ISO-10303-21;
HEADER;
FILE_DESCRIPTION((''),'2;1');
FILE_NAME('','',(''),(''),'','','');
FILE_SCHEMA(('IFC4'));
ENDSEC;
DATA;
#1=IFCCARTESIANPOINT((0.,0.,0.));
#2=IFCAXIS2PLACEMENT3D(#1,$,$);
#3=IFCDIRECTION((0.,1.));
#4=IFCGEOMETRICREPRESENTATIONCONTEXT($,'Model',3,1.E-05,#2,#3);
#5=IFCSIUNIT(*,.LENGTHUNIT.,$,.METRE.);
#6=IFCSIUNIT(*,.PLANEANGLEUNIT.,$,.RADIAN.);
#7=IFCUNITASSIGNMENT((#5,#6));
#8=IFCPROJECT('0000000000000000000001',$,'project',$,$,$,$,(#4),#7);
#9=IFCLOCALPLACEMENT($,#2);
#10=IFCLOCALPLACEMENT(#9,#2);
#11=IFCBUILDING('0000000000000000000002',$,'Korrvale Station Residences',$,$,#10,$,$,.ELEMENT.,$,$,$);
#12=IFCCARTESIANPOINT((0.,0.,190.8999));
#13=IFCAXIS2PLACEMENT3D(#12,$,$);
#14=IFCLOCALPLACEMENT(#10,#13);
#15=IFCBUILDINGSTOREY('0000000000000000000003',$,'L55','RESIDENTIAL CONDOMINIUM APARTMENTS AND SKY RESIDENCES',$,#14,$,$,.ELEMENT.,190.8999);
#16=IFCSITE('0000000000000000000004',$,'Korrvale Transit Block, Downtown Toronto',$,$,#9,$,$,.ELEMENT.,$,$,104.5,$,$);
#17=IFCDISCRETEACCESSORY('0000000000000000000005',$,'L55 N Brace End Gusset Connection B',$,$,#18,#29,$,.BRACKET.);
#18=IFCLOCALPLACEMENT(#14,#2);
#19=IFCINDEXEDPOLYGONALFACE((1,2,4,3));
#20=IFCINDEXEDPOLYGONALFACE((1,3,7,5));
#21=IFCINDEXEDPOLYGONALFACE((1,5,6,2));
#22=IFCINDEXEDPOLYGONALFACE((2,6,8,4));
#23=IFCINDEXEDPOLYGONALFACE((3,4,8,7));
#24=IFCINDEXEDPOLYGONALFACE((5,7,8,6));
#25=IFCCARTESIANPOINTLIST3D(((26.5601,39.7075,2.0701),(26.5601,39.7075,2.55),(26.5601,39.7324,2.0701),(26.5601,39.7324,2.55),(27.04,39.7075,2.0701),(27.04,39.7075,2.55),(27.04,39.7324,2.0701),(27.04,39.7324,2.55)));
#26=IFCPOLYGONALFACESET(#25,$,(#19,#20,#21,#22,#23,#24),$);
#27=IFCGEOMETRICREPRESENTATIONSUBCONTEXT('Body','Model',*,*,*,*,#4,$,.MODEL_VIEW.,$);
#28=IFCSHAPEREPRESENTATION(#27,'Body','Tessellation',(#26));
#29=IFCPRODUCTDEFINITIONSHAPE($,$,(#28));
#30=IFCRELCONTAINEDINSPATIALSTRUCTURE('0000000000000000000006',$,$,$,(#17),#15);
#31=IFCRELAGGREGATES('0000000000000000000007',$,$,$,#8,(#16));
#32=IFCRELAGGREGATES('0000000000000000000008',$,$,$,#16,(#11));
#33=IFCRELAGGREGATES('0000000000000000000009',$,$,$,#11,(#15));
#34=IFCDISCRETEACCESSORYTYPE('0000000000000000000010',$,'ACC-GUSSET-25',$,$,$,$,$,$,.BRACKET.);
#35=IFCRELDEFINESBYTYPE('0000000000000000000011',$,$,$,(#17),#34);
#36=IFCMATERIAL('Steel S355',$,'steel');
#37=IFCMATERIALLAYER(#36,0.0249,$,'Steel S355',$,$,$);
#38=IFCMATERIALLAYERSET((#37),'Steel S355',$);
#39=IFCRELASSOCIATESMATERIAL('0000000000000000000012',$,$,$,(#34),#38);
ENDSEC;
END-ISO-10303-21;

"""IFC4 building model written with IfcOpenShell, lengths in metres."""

from ifc_helpers import new_model, si_unit, direction, frame, origin, origin_2d, place, context, subcontext, project, spatial, rectangle, extrude, material, layer, layer_set, type_object, element, save


model = new_model("IFC4")

# Units and contexts
model_context = context("Model", 3, precision=1e-05, world=origin(), true_north=direction((0.0, 1.0)))
body_context = subcontext(model_context, "Body", "Model", "MODEL_VIEW")
ifc_project = project(units=[si_unit("LENGTHUNIT", "METRE"), si_unit("PLANEANGLEUNIT", "RADIAN")], contexts=[model_context])

# Site, building, storey
site_placement = place(None, origin())
site = spatial("IfcSite", under=ifc_project, at=site_placement, Name="Korrvale Transit Block, Downtown Toronto", CompositionType="ELEMENT", RefElevation=104.5)
building_placement = place(site_placement, origin())
building = spatial("IfcBuilding", under=site, at=building_placement, Name="Korrvale Station Residences", CompositionType="ELEMENT")
storey_placement = place(building_placement, frame((0.0, 0.0, 190.8999)))
storey = spatial("IfcBuildingStorey", under=building, at=storey_placement, Name="L55", Description="RESIDENTIAL CONDOMINIUM APARTMENTS AND SKY RESIDENCES", CompositionType="ELEMENT", Elevation=190.8999)

# Shared definitions
ifc_material_1 = material(Name="Steel S355", Category="steel")

# Discrete accessory
ifc_layer_1 = layer(ifc_material_1, 0.0249, Name="Steel S355")
ifc_layer_set_1 = layer_set([ifc_layer_1], Name="Steel S355")
discrete_accessory_type = type_object("IfcDiscreteAccessoryType", Name="ACC-GUSSET-25", PredefinedType="BRACKET", material=ifc_layer_set_1)
for number, where, z_axis, x_axis, name in (
    (1, (26.8, 39.72, 2.0701), (0.0, 0.0, 1.0), (1.0, 0.0, 0.0), "L55 N Brace End Gusset Connection B"),
):
    element("IfcDiscreteAccessory", number, at=place(storey_placement, frame(where, z_axis=z_axis, x_axis=x_axis)), inside=storey, type_object=discrete_accessory_type, Name=name, PredefinedType="BRACKET", context=body_context, shape_type="SweptSolid", body=[
        extrude(rectangle(XDim=0.48, YDim=0.0249, at=origin_2d()), origin(), (0.0, 0.0, 1.0), 0.48),
    ])

save(model, "model.ifc")
